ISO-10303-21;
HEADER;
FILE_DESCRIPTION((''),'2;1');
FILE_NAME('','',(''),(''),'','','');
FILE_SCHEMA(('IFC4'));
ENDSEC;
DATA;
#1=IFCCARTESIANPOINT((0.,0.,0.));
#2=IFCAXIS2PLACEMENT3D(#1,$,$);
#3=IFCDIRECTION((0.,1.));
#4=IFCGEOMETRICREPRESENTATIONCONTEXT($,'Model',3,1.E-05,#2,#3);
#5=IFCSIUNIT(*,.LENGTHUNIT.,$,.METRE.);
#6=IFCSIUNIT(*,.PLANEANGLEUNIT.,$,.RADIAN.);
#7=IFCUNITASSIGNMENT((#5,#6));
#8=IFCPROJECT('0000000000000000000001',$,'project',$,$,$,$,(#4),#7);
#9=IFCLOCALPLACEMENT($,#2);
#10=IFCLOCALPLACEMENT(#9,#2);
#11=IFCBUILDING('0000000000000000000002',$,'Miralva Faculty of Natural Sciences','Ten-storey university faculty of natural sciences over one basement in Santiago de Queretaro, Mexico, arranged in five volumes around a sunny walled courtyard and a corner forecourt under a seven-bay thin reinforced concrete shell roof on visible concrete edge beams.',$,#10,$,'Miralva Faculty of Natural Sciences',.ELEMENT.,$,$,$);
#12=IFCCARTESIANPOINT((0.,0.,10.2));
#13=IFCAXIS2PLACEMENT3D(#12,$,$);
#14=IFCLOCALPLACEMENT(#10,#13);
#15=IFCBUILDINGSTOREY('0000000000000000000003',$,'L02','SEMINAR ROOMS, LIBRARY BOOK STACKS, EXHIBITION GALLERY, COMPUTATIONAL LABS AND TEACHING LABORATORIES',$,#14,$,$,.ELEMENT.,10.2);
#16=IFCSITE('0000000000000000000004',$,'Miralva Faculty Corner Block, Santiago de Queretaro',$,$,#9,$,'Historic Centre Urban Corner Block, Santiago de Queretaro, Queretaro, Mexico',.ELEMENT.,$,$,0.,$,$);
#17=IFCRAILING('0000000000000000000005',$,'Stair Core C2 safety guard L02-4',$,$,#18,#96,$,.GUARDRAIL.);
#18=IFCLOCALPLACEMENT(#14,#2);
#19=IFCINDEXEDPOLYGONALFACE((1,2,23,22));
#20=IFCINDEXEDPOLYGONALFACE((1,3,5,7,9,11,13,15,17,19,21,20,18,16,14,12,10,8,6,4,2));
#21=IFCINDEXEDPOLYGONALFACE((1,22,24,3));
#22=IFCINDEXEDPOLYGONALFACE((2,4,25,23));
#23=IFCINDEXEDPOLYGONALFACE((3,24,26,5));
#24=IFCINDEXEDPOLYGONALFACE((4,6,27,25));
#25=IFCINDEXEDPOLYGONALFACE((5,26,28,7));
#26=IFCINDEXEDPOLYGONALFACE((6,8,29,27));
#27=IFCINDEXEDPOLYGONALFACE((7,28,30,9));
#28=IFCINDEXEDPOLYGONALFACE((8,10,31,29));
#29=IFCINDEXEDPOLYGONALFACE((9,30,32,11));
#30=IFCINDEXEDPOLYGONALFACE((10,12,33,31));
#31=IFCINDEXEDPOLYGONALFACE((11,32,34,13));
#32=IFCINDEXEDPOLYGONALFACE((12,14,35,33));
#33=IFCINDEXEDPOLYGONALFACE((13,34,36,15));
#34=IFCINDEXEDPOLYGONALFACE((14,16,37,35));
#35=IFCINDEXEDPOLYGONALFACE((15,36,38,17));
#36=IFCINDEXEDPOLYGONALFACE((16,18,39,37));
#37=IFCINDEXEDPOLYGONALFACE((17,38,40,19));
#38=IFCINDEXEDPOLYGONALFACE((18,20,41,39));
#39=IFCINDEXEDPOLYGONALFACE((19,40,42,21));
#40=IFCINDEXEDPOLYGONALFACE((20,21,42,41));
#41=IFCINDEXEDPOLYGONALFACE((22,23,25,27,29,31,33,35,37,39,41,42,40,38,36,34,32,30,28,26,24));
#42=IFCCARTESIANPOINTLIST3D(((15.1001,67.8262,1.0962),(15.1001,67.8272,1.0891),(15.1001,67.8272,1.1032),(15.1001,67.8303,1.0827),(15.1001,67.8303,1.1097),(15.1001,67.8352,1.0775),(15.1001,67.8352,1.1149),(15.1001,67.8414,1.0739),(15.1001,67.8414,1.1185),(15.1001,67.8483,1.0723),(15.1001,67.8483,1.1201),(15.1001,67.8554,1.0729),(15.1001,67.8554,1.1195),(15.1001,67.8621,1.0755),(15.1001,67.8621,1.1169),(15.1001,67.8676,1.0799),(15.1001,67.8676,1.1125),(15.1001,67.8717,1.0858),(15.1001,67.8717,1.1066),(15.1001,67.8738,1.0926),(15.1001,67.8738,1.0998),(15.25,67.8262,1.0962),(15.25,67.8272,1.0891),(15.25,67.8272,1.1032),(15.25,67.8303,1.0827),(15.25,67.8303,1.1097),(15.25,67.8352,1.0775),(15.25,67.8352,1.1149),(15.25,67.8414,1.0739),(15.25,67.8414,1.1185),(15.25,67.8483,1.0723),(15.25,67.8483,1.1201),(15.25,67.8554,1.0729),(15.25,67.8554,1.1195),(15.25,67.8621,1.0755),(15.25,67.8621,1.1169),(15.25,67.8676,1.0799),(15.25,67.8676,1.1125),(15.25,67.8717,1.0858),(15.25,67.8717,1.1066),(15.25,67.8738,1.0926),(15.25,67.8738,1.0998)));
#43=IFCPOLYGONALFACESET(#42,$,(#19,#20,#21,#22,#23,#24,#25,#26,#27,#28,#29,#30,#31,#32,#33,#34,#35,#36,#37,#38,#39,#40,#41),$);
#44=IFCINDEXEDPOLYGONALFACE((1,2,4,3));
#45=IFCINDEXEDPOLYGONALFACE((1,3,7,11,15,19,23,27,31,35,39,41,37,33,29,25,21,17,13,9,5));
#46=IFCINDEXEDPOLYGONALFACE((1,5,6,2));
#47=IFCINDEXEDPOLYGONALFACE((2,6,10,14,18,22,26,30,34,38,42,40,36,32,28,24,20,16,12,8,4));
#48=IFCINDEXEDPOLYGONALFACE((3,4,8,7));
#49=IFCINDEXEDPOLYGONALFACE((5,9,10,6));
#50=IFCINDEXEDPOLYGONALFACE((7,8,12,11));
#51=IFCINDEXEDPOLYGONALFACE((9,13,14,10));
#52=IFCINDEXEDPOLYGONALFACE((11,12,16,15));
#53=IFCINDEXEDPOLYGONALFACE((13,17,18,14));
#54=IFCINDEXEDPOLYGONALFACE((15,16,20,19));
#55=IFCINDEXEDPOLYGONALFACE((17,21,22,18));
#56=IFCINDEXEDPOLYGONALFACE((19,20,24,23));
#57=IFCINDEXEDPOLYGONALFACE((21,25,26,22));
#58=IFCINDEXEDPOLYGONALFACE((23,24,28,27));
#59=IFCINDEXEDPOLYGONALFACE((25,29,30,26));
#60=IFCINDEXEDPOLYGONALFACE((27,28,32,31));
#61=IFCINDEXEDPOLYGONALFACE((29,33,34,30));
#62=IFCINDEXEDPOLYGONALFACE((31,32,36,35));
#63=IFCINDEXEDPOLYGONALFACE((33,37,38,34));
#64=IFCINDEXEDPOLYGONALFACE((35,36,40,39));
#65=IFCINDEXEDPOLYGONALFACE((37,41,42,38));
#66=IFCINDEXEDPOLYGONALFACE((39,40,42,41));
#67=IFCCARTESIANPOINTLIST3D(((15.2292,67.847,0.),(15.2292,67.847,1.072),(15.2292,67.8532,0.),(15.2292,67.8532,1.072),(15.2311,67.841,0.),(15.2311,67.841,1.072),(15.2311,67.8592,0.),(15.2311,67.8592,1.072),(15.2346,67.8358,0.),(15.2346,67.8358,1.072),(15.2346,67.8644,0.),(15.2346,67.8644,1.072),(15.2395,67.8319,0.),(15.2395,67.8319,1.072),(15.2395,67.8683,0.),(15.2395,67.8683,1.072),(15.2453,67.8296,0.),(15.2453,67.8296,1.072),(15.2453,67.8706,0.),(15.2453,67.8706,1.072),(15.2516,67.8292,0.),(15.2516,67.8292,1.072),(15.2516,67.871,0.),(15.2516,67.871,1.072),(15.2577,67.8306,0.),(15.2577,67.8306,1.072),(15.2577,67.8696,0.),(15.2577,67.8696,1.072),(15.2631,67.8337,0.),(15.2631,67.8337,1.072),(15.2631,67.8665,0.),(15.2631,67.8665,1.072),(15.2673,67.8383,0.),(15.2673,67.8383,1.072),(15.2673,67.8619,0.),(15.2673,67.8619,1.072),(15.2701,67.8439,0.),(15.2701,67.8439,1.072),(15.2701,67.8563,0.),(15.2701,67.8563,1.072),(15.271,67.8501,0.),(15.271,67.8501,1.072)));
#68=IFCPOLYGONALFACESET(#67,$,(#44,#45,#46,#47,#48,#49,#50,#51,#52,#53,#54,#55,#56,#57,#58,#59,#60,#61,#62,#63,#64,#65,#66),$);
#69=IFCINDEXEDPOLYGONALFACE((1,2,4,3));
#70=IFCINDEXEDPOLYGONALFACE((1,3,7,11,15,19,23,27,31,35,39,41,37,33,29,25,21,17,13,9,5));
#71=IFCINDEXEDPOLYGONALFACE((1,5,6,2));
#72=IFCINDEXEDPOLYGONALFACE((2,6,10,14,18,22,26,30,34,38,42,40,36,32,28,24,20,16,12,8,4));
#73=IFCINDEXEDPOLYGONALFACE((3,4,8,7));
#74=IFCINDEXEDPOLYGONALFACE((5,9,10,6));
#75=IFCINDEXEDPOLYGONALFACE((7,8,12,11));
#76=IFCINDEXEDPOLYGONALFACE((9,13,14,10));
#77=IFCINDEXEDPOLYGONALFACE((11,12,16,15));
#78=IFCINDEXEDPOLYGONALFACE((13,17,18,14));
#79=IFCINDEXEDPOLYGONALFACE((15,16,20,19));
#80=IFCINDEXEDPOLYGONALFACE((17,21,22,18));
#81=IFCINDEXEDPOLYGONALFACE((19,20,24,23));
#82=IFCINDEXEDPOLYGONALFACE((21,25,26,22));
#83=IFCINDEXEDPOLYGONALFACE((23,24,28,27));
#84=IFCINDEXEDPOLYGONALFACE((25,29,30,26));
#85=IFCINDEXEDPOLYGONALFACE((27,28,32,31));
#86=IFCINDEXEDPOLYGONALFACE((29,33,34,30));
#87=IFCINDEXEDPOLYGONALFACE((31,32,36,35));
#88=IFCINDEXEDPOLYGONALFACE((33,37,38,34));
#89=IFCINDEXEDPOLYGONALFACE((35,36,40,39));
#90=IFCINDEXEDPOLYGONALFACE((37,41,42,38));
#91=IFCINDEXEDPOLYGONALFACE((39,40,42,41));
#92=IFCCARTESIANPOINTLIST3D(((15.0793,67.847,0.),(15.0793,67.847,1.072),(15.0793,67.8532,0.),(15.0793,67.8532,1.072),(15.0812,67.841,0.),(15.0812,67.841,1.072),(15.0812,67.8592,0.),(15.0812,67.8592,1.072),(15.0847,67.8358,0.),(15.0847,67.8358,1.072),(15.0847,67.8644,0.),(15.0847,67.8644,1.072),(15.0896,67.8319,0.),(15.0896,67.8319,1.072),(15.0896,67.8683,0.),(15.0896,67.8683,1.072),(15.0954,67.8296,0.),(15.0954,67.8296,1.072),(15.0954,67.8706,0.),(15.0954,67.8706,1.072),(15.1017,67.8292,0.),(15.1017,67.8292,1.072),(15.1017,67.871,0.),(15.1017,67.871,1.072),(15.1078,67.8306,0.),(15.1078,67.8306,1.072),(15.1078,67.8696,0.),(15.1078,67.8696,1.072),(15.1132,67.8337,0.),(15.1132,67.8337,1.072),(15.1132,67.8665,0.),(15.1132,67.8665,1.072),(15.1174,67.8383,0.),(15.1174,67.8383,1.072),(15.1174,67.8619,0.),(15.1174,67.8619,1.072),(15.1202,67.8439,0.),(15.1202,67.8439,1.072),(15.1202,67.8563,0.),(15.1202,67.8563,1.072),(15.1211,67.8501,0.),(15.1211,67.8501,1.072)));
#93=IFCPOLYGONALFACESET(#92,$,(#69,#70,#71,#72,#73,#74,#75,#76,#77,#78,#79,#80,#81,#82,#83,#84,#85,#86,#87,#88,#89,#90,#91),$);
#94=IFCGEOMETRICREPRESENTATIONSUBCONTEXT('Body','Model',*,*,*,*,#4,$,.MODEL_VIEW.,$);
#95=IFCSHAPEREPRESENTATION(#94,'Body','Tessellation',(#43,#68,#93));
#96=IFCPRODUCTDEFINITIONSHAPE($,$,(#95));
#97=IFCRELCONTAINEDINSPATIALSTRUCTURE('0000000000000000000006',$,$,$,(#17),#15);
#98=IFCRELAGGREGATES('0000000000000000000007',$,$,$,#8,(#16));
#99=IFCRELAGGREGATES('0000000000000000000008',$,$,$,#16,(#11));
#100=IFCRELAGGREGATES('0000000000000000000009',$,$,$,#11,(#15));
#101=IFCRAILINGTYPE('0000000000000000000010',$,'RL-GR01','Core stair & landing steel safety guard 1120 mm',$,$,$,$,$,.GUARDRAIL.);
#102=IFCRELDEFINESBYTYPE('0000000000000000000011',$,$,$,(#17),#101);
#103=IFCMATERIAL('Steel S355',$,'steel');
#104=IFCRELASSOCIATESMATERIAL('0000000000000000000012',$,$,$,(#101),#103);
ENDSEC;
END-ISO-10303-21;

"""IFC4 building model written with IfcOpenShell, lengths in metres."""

from ifc_helpers import new_model, si_unit, direction, frame, origin, origin_2d, place, context, subcontext, project, spatial, circle, extrude, material, type_object, element, save


model = new_model("IFC4")

# Units and contexts
model_context = context("Model", 3, precision=1e-05, world=origin(), true_north=direction((0.0, 1.0)))
body_context = subcontext(model_context, "Body", "Model", "MODEL_VIEW")
ifc_project = project(units=[si_unit("LENGTHUNIT", "METRE"), si_unit("PLANEANGLEUNIT", "RADIAN")], contexts=[model_context])

# Site, building, storey
site_placement = place(None, origin())
site = spatial("IfcSite", under=ifc_project, at=site_placement, Name="Miralva Faculty Corner Block, Santiago de Queretaro", LongName="Historic Centre Urban Corner Block, Santiago de Queretaro, Queretaro, Mexico", CompositionType="ELEMENT", RefElevation=0.0)
building_placement = place(site_placement, origin())
building = spatial("IfcBuilding", under=site, at=building_placement, Name="Miralva Faculty of Natural Sciences", Description="Ten-storey university faculty of natural sciences over one basement in Santiago de Queretaro, Mexico, arranged in five volumes around a sunny walled courtyard and a corner forecourt under a seven-bay thin reinforced concrete shell roof on visible concrete edge beams.", LongName="Miralva Faculty of Natural Sciences", CompositionType="ELEMENT")
storey_placement = place(building_placement, frame((0.0, 0.0, 10.2)))
storey = spatial("IfcBuildingStorey", under=building, at=storey_placement, Name="L02", Description="SEMINAR ROOMS, LIBRARY BOOK STACKS, EXHIBITION GALLERY, COMPUTATIONAL LABS AND TEACHING LABORATORIES", CompositionType="ELEMENT", Elevation=10.2)

# Railing
ifc_material_1 = material(Name="Steel S355", Category="steel")
railing_type_1 = type_object("IfcRailingType", Name="RL-GR01", Description="Core stair & landing steel safety guard 1120 mm", PredefinedType="GUARDRAIL", material=ifc_material_1)
railing_1_placement = place(storey_placement, frame((15.25, 67.8501, 0.0)))
element("IfcRailing", 1, at=railing_1_placement, inside=storey, type_object=railing_type_1, Name="Stair Core C2 safety guard L02-4", PredefinedType="GUARDRAIL", context=body_context, shape_type="SweptSolid", body=[
    extrude(circle(Radius=0.0239, at=origin_2d()), frame((0.0, 0.0, 1.0962), z_axis=(-1.0, 0.0, 0.0), x_axis=(0.0, -1.0, 0.0)), (0.0, 0.0, 1.0), 0.1499),
    extrude(circle(Radius=0.021, at=origin_2d()), origin(), (0.0, 0.0, 1.0), 1.072),
    extrude(circle(Radius=0.021, at=origin_2d()), frame((-0.1499, 0.0, 0.0)), (0.0, 0.0, 1.0), 1.072),
])

save(model, "model.ifc")
